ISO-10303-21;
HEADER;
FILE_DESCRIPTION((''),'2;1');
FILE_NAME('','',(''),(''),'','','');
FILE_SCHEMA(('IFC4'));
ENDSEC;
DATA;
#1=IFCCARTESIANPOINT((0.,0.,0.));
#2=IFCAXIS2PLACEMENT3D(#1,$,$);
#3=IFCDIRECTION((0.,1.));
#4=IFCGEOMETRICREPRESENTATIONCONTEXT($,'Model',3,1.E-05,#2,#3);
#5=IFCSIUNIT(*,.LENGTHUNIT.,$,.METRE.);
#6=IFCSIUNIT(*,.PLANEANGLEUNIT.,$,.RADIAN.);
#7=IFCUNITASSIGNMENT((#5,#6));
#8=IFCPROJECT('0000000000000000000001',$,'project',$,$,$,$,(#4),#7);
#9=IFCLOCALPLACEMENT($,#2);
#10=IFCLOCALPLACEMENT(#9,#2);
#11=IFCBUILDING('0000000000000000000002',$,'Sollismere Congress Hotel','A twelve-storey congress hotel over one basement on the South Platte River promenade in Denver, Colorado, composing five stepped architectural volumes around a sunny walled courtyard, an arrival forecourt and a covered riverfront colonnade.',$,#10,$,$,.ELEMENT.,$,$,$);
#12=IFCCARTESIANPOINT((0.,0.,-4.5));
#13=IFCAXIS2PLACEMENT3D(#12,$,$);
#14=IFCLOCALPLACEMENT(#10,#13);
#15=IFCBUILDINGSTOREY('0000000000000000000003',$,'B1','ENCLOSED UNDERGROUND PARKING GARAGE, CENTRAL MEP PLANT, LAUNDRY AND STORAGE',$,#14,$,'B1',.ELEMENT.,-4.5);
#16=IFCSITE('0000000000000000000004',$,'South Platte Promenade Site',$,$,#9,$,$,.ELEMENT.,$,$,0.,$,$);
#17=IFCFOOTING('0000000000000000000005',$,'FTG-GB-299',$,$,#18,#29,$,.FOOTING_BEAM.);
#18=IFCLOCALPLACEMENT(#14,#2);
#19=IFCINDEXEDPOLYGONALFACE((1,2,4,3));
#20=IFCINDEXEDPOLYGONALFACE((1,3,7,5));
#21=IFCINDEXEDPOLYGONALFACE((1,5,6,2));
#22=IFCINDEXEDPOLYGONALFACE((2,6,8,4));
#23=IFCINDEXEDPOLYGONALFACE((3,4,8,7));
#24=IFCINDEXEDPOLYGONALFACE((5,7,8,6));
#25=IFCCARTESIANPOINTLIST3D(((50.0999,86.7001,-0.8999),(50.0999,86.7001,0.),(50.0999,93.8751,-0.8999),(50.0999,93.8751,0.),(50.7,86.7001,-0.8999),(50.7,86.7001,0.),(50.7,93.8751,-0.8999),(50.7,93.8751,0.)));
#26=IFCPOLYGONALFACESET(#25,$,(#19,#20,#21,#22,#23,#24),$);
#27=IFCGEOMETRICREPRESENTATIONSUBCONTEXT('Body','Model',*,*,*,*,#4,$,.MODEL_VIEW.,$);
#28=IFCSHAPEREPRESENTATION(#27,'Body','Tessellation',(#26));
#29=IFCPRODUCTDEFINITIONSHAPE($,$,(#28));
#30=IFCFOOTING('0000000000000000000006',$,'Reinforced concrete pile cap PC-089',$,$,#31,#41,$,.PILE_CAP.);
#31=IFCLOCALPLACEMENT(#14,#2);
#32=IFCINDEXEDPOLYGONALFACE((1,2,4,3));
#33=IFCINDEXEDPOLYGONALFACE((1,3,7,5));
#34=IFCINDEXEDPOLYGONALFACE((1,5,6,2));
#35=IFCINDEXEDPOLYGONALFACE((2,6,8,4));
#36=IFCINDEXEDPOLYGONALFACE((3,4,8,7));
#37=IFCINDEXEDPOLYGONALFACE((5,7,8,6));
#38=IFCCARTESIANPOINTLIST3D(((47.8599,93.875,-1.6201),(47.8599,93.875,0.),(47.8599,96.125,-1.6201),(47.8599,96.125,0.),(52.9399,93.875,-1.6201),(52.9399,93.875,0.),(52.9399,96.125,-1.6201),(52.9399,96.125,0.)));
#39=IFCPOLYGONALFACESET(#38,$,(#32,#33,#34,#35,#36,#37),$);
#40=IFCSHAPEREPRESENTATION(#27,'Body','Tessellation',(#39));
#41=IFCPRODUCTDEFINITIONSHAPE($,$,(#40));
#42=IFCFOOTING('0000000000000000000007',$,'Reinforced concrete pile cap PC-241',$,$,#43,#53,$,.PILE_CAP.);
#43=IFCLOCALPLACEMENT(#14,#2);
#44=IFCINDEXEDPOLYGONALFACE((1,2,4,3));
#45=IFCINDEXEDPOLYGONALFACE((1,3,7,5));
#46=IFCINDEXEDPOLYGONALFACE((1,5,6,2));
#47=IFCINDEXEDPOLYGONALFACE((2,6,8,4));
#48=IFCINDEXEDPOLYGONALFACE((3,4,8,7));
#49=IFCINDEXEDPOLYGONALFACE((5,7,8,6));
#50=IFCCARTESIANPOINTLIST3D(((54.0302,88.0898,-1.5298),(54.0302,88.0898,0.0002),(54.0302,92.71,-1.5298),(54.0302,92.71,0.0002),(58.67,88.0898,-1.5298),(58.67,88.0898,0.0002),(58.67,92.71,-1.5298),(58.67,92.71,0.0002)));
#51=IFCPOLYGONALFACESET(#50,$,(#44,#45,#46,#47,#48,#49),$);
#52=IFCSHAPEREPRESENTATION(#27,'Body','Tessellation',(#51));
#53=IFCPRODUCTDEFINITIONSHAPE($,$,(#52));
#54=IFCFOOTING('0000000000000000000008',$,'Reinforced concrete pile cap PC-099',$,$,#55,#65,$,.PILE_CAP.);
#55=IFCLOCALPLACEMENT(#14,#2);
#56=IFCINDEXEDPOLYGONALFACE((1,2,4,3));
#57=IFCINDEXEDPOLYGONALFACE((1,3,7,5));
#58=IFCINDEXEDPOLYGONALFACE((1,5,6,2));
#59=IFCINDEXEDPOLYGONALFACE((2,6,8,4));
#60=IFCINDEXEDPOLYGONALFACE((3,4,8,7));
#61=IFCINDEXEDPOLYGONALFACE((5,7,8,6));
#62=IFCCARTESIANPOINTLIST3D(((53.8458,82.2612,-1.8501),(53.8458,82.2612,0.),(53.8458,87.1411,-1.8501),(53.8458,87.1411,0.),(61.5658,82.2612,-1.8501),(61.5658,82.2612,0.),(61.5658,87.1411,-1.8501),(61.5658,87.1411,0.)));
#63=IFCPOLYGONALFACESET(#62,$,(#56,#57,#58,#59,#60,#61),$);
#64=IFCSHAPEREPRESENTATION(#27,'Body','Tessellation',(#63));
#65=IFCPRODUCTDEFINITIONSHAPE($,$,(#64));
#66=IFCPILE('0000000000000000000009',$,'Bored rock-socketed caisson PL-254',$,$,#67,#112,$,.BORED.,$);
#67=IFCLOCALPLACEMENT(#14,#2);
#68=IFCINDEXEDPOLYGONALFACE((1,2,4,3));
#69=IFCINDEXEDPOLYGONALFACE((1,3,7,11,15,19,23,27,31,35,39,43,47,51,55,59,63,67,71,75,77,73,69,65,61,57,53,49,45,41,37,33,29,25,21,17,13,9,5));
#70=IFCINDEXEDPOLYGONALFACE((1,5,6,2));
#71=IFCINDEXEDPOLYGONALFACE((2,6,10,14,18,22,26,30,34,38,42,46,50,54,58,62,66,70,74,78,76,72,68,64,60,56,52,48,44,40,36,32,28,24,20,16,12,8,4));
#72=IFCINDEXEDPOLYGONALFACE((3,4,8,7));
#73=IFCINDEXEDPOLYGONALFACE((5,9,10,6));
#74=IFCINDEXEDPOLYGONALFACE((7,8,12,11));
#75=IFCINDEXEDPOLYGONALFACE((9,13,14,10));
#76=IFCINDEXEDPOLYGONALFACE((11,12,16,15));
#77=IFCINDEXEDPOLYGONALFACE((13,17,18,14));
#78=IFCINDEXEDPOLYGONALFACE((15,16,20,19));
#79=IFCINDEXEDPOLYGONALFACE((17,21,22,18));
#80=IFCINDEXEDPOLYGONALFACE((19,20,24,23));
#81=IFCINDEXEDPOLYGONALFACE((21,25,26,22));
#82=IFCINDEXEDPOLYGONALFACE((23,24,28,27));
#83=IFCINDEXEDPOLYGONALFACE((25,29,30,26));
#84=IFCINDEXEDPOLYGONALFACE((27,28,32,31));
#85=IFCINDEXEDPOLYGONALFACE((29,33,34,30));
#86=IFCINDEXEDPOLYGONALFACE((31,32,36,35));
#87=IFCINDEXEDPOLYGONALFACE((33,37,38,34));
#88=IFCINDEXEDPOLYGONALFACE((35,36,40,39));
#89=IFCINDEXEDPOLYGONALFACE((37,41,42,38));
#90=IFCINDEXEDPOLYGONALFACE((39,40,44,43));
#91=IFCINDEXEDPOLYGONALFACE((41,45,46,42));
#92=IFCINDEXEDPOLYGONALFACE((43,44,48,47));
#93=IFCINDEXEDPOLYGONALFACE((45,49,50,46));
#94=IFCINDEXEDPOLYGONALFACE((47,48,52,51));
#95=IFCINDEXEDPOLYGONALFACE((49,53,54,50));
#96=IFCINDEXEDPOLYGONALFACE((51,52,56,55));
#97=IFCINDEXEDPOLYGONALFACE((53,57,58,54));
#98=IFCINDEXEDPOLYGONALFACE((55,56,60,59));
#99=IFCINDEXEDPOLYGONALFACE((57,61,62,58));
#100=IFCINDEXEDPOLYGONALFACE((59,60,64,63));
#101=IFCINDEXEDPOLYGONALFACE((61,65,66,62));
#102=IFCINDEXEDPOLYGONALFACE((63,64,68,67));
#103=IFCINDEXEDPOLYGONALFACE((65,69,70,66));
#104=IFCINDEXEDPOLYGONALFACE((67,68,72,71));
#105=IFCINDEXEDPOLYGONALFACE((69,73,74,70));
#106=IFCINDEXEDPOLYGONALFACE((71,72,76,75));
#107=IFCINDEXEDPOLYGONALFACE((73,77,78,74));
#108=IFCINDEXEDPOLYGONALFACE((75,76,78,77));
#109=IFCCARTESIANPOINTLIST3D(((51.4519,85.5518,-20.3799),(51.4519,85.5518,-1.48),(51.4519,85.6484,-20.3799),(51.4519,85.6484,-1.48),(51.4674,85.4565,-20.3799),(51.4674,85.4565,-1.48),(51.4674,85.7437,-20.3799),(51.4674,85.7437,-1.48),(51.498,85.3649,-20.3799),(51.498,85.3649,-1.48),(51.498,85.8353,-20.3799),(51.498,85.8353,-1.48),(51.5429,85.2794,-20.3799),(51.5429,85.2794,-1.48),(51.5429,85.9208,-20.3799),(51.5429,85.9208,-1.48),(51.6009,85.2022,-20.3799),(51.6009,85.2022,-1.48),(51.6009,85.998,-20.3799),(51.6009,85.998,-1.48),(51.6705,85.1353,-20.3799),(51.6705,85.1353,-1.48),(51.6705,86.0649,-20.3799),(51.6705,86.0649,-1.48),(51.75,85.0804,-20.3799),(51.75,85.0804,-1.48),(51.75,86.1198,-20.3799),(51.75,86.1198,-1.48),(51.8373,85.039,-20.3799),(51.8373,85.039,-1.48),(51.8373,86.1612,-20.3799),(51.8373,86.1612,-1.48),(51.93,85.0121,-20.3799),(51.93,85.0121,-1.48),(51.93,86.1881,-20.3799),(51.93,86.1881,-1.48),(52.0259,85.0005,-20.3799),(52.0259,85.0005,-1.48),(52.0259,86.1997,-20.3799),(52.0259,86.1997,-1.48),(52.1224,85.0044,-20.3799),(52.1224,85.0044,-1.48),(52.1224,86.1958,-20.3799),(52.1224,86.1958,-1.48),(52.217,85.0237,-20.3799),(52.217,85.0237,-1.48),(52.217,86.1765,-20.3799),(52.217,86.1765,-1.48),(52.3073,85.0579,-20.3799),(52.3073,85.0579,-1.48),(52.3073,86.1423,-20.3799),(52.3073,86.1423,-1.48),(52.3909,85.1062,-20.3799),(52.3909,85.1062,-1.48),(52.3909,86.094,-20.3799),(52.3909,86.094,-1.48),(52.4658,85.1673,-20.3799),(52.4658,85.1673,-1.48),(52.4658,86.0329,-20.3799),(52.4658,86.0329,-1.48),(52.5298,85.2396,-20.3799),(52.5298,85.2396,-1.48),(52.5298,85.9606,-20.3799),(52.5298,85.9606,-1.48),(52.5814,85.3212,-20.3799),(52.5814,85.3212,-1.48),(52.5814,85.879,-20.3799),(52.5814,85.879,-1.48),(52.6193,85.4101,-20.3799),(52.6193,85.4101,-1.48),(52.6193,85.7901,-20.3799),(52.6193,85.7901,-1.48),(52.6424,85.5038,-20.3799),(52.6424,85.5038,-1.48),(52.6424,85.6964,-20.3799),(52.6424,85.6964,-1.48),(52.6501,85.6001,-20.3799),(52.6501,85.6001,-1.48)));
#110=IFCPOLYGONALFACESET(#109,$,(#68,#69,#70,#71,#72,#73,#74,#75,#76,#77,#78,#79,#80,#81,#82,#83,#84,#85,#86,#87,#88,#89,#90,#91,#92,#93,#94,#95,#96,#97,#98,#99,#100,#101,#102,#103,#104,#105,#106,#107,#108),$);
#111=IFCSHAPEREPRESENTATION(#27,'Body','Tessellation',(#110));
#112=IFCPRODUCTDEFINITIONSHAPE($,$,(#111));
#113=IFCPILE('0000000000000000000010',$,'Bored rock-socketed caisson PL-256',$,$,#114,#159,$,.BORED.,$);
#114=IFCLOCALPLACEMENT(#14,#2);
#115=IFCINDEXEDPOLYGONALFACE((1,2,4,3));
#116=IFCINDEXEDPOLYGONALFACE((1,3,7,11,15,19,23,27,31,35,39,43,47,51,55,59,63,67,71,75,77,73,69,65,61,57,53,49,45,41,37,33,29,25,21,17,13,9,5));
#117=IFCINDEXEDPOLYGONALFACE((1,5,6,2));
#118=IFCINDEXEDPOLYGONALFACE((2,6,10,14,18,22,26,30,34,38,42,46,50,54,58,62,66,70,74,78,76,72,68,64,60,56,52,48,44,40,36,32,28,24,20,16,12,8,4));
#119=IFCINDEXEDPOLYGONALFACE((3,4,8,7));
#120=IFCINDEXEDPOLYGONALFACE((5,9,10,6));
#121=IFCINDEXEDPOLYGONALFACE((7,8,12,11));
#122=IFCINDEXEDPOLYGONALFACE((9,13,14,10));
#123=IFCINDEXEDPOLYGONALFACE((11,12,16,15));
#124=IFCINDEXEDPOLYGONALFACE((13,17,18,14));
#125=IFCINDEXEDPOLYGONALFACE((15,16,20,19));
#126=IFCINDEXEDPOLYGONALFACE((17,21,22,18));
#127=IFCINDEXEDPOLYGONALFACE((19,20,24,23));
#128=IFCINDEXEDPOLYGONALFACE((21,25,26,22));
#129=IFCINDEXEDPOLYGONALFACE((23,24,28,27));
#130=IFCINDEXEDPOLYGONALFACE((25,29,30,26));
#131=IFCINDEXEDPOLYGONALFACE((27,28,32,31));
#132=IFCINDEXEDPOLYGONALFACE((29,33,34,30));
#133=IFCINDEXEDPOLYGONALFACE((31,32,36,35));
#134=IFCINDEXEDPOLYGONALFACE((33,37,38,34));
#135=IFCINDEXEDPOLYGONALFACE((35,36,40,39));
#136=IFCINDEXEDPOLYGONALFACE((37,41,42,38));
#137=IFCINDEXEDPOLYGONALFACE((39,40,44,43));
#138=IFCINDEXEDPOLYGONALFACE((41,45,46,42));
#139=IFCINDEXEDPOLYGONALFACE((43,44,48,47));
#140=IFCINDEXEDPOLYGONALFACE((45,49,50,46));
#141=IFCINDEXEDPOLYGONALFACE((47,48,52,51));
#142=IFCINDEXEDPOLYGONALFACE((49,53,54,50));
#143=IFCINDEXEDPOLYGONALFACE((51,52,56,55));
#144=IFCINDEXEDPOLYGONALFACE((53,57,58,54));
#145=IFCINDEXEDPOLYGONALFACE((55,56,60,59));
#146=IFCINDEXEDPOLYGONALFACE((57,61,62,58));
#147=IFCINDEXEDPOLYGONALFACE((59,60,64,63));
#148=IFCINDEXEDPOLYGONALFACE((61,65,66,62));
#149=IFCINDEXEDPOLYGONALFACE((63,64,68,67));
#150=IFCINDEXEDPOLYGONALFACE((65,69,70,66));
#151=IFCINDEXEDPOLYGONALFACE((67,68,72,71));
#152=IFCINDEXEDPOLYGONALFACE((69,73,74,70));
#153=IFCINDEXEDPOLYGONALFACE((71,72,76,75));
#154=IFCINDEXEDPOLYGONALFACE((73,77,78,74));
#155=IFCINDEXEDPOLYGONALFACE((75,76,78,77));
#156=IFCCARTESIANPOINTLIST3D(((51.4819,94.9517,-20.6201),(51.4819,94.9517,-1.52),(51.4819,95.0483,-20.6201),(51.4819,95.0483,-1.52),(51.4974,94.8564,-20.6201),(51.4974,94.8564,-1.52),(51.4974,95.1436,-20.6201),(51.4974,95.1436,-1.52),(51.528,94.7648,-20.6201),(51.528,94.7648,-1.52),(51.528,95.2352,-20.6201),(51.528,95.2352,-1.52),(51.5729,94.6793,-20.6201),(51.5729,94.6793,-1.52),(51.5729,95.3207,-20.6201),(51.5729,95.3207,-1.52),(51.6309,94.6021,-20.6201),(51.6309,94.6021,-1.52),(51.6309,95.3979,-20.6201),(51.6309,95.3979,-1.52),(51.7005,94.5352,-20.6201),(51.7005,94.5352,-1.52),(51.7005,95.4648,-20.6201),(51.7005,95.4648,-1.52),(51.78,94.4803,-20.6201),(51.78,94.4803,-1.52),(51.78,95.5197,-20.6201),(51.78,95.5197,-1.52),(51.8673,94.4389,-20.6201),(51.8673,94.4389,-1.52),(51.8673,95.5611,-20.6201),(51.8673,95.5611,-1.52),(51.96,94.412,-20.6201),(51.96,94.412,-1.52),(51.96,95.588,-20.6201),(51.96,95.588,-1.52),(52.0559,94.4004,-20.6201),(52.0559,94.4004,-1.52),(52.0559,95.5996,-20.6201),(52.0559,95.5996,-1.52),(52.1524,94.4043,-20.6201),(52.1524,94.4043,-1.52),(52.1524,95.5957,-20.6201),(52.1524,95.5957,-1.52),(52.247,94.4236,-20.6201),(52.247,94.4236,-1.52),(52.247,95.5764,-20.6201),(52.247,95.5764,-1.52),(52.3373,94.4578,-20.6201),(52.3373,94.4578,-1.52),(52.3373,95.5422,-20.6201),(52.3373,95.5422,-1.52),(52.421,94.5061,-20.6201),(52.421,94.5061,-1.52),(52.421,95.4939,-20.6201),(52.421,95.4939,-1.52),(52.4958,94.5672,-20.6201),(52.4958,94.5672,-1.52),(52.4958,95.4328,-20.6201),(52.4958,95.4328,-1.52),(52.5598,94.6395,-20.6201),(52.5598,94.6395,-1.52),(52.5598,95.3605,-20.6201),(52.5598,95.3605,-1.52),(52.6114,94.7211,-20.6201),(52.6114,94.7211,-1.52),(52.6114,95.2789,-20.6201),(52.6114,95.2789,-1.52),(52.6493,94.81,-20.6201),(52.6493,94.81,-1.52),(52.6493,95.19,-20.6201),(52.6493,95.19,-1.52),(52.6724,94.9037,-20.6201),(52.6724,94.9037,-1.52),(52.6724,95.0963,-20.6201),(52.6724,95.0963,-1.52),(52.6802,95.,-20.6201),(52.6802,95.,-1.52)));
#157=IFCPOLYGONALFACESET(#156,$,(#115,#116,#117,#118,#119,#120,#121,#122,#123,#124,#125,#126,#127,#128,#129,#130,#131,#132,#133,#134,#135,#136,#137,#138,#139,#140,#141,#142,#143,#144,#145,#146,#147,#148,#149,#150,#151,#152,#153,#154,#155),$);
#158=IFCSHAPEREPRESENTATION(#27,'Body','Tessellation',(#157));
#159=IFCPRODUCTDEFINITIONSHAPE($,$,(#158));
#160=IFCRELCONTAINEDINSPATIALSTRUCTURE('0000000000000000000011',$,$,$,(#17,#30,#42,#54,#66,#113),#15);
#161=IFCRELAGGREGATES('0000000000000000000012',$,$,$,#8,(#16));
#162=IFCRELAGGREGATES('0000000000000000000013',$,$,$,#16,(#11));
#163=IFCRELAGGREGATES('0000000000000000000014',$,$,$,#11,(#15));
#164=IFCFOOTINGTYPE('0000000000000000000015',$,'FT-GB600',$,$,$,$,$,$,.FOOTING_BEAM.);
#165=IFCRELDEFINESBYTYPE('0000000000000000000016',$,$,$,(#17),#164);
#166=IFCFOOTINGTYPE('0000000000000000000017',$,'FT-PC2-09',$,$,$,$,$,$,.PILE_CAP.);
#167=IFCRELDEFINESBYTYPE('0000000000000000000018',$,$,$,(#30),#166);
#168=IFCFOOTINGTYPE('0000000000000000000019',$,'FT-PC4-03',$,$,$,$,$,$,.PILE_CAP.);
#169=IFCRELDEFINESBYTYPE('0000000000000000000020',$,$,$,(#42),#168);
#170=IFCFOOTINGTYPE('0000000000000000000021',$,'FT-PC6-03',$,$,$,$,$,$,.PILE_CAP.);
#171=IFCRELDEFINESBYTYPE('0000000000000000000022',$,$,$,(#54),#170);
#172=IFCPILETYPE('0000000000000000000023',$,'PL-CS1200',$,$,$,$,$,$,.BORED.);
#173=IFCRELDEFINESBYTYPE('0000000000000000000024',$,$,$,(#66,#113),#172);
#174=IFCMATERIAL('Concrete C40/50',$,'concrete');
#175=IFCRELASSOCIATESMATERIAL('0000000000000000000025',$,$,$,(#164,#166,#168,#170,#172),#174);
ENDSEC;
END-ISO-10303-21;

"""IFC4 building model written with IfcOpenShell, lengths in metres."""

from ifc_helpers import new_model, si_unit, direction, frame, origin, origin_2d, place, context, subcontext, project, spatial, rectangle, circle, extrude, material, material_profile, profile_set, type_object, element, save


model = new_model("IFC4")

# Units and contexts
model_context = context("Model", 3, precision=1e-05, world=origin(), true_north=direction((0.0, 1.0)))
body_context = subcontext(model_context, "Body", "Model", "MODEL_VIEW")
ifc_project = project(units=[si_unit("LENGTHUNIT", "METRE"), si_unit("PLANEANGLEUNIT", "RADIAN")], contexts=[model_context])

# Site, building, storey
site_placement = place(None, origin())
site = spatial("IfcSite", under=ifc_project, at=site_placement, Name="South Platte Promenade Site", CompositionType="ELEMENT", RefElevation=0.0)
building_placement = place(site_placement, origin())
building = spatial("IfcBuilding", under=site, at=building_placement, Name="Sollismere Congress Hotel", Description="A twelve-storey congress hotel over one basement on the South Platte River promenade in Denver, Colorado, composing five stepped architectural volumes around a sunny walled courtyard, an arrival forecourt and a covered riverfront colonnade.", CompositionType="ELEMENT")
storey_placement = place(building_placement, frame((0.0, 0.0, -4.5)))
storey = spatial("IfcBuildingStorey", under=building, at=storey_placement, Name="B1", Description="ENCLOSED UNDERGROUND PARKING GARAGE, CENTRAL MEP PLANT, LAUNDRY AND STORAGE", LongName="B1", CompositionType="ELEMENT", Elevation=-4.5)

# Footings
ifc_material_1 = material(Name="Concrete C40/50", Category="concrete")
footing_type_1 = type_object("IfcFootingType", Name="FT-GB600", PredefinedType="FOOTING_BEAM", material=ifc_material_1)
footing_1_placement = place(storey_placement, frame((50.3999, 90.2876, -0.8999), z_axis=(0.0, 0.0, 1.0), x_axis=(0.0, 1.0, 0.0)))
element("IfcFooting", 1, at=footing_1_placement, inside=storey, type_object=footing_type_1, Name="FTG-GB-299", PredefinedType="FOOTING_BEAM", context=body_context, shape_type="SweptSolid", body=[
    extrude(rectangle(XDim=7.175, YDim=0.6001, at=origin_2d()), origin(), (0.0, 0.0, 1.0), 0.8999),
])
footing_type_2 = type_object("IfcFootingType", Name="FT-PC2-09", PredefinedType="PILE_CAP", material=ifc_material_1)
footing_2_placement = place(storey_placement, frame((50.3999, 95.0, -1.6201), z_axis=(0.0, 0.0, 1.0), x_axis=(1.0, 0.0, 0.0)))
element("IfcFooting", 2, at=footing_2_placement, inside=storey, type_object=footing_type_2, Name="Reinforced concrete pile cap PC-089", PredefinedType="PILE_CAP", context=body_context, shape_type="SweptSolid", body=[
    extrude(rectangle(XDim=5.0801, YDim=2.25, at=origin_2d()), origin(), (0.0, 0.0, 1.0), 1.6201),
])
footing_type_3 = type_object("IfcFootingType", Name="FT-PC4-03", PredefinedType="PILE_CAP", material=ifc_material_1)
footing_3_placement = place(storey_placement, frame((56.3501, 90.3999, -1.5298), z_axis=(0.0, 0.0, 1.0), x_axis=(1.0, 0.0, 0.0)))
element("IfcFooting", 3, at=footing_3_placement, inside=storey, type_object=footing_type_3, Name="Reinforced concrete pile cap PC-241", PredefinedType="PILE_CAP", context=body_context, shape_type="SweptSolid", body=[
    extrude(rectangle(XDim=4.6399, YDim=4.6201, at=origin_2d()), origin(), (0.0, 0.0, 1.0), 1.53),
])
footing_type_4 = type_object("IfcFootingType", Name="FT-PC6-03", PredefinedType="PILE_CAP", material=ifc_material_1)
footing_4_placement = place(storey_placement, frame((57.7058, 84.7012, -1.8501), z_axis=(0.0, 0.0, 1.0), x_axis=(1.0, 0.0, 0.0)))
element("IfcFooting", 4, at=footing_4_placement, inside=storey, type_object=footing_type_4, Name="Reinforced concrete pile cap PC-099", PredefinedType="PILE_CAP", context=body_context, shape_type="SweptSolid", body=[
    extrude(rectangle(XDim=7.72, YDim=4.8799, at=origin_2d()), origin(), (0.0, 0.0, 1.0), 1.8501),
])

# Piles
ifc_material_profile_1 = material_profile(ifc_material_1, circle(Radius=0.6001, at=origin_2d()), Name="CAISSON1200")
ifc_profile_set_1 = profile_set([ifc_material_profile_1], Name="Concrete C40/50")
pile_type = type_object("IfcPileType", Name="PL-CS1200", PredefinedType="BORED", material=ifc_profile_set_1)
pile_1_placement = place(storey_placement, frame((52.05, 85.6001, -1.48), z_axis=(0.0, 0.0, -1.0), x_axis=(1.0, 0.0, 0.0)))
element("IfcPile", 5, at=pile_1_placement, inside=storey, type_object=pile_type, Name="Bored rock-socketed caisson PL-254", PredefinedType="BORED", context=body_context, shape_type="SweptSolid", body=[
    extrude(circle(Radius=0.6001, at=origin_2d()), origin(), (0.0, 0.0, 1.0), 18.8999),
])
pile_2_placement = place(storey_placement, frame((52.0801, 95.0, -1.52), z_axis=(0.0, 0.0, -1.0), x_axis=(1.0, 0.0, 0.0)))
element("IfcPile", 6, at=pile_2_placement, inside=storey, type_object=pile_type, Name="Bored rock-socketed caisson PL-256", PredefinedType="BORED", context=body_context, shape_type="SweptSolid", body=[
    extrude(circle(Radius=0.6001, at=origin_2d()), origin(), (0.0, 0.0, 1.0), 19.1001),
])

save(model, "model.ifc")
